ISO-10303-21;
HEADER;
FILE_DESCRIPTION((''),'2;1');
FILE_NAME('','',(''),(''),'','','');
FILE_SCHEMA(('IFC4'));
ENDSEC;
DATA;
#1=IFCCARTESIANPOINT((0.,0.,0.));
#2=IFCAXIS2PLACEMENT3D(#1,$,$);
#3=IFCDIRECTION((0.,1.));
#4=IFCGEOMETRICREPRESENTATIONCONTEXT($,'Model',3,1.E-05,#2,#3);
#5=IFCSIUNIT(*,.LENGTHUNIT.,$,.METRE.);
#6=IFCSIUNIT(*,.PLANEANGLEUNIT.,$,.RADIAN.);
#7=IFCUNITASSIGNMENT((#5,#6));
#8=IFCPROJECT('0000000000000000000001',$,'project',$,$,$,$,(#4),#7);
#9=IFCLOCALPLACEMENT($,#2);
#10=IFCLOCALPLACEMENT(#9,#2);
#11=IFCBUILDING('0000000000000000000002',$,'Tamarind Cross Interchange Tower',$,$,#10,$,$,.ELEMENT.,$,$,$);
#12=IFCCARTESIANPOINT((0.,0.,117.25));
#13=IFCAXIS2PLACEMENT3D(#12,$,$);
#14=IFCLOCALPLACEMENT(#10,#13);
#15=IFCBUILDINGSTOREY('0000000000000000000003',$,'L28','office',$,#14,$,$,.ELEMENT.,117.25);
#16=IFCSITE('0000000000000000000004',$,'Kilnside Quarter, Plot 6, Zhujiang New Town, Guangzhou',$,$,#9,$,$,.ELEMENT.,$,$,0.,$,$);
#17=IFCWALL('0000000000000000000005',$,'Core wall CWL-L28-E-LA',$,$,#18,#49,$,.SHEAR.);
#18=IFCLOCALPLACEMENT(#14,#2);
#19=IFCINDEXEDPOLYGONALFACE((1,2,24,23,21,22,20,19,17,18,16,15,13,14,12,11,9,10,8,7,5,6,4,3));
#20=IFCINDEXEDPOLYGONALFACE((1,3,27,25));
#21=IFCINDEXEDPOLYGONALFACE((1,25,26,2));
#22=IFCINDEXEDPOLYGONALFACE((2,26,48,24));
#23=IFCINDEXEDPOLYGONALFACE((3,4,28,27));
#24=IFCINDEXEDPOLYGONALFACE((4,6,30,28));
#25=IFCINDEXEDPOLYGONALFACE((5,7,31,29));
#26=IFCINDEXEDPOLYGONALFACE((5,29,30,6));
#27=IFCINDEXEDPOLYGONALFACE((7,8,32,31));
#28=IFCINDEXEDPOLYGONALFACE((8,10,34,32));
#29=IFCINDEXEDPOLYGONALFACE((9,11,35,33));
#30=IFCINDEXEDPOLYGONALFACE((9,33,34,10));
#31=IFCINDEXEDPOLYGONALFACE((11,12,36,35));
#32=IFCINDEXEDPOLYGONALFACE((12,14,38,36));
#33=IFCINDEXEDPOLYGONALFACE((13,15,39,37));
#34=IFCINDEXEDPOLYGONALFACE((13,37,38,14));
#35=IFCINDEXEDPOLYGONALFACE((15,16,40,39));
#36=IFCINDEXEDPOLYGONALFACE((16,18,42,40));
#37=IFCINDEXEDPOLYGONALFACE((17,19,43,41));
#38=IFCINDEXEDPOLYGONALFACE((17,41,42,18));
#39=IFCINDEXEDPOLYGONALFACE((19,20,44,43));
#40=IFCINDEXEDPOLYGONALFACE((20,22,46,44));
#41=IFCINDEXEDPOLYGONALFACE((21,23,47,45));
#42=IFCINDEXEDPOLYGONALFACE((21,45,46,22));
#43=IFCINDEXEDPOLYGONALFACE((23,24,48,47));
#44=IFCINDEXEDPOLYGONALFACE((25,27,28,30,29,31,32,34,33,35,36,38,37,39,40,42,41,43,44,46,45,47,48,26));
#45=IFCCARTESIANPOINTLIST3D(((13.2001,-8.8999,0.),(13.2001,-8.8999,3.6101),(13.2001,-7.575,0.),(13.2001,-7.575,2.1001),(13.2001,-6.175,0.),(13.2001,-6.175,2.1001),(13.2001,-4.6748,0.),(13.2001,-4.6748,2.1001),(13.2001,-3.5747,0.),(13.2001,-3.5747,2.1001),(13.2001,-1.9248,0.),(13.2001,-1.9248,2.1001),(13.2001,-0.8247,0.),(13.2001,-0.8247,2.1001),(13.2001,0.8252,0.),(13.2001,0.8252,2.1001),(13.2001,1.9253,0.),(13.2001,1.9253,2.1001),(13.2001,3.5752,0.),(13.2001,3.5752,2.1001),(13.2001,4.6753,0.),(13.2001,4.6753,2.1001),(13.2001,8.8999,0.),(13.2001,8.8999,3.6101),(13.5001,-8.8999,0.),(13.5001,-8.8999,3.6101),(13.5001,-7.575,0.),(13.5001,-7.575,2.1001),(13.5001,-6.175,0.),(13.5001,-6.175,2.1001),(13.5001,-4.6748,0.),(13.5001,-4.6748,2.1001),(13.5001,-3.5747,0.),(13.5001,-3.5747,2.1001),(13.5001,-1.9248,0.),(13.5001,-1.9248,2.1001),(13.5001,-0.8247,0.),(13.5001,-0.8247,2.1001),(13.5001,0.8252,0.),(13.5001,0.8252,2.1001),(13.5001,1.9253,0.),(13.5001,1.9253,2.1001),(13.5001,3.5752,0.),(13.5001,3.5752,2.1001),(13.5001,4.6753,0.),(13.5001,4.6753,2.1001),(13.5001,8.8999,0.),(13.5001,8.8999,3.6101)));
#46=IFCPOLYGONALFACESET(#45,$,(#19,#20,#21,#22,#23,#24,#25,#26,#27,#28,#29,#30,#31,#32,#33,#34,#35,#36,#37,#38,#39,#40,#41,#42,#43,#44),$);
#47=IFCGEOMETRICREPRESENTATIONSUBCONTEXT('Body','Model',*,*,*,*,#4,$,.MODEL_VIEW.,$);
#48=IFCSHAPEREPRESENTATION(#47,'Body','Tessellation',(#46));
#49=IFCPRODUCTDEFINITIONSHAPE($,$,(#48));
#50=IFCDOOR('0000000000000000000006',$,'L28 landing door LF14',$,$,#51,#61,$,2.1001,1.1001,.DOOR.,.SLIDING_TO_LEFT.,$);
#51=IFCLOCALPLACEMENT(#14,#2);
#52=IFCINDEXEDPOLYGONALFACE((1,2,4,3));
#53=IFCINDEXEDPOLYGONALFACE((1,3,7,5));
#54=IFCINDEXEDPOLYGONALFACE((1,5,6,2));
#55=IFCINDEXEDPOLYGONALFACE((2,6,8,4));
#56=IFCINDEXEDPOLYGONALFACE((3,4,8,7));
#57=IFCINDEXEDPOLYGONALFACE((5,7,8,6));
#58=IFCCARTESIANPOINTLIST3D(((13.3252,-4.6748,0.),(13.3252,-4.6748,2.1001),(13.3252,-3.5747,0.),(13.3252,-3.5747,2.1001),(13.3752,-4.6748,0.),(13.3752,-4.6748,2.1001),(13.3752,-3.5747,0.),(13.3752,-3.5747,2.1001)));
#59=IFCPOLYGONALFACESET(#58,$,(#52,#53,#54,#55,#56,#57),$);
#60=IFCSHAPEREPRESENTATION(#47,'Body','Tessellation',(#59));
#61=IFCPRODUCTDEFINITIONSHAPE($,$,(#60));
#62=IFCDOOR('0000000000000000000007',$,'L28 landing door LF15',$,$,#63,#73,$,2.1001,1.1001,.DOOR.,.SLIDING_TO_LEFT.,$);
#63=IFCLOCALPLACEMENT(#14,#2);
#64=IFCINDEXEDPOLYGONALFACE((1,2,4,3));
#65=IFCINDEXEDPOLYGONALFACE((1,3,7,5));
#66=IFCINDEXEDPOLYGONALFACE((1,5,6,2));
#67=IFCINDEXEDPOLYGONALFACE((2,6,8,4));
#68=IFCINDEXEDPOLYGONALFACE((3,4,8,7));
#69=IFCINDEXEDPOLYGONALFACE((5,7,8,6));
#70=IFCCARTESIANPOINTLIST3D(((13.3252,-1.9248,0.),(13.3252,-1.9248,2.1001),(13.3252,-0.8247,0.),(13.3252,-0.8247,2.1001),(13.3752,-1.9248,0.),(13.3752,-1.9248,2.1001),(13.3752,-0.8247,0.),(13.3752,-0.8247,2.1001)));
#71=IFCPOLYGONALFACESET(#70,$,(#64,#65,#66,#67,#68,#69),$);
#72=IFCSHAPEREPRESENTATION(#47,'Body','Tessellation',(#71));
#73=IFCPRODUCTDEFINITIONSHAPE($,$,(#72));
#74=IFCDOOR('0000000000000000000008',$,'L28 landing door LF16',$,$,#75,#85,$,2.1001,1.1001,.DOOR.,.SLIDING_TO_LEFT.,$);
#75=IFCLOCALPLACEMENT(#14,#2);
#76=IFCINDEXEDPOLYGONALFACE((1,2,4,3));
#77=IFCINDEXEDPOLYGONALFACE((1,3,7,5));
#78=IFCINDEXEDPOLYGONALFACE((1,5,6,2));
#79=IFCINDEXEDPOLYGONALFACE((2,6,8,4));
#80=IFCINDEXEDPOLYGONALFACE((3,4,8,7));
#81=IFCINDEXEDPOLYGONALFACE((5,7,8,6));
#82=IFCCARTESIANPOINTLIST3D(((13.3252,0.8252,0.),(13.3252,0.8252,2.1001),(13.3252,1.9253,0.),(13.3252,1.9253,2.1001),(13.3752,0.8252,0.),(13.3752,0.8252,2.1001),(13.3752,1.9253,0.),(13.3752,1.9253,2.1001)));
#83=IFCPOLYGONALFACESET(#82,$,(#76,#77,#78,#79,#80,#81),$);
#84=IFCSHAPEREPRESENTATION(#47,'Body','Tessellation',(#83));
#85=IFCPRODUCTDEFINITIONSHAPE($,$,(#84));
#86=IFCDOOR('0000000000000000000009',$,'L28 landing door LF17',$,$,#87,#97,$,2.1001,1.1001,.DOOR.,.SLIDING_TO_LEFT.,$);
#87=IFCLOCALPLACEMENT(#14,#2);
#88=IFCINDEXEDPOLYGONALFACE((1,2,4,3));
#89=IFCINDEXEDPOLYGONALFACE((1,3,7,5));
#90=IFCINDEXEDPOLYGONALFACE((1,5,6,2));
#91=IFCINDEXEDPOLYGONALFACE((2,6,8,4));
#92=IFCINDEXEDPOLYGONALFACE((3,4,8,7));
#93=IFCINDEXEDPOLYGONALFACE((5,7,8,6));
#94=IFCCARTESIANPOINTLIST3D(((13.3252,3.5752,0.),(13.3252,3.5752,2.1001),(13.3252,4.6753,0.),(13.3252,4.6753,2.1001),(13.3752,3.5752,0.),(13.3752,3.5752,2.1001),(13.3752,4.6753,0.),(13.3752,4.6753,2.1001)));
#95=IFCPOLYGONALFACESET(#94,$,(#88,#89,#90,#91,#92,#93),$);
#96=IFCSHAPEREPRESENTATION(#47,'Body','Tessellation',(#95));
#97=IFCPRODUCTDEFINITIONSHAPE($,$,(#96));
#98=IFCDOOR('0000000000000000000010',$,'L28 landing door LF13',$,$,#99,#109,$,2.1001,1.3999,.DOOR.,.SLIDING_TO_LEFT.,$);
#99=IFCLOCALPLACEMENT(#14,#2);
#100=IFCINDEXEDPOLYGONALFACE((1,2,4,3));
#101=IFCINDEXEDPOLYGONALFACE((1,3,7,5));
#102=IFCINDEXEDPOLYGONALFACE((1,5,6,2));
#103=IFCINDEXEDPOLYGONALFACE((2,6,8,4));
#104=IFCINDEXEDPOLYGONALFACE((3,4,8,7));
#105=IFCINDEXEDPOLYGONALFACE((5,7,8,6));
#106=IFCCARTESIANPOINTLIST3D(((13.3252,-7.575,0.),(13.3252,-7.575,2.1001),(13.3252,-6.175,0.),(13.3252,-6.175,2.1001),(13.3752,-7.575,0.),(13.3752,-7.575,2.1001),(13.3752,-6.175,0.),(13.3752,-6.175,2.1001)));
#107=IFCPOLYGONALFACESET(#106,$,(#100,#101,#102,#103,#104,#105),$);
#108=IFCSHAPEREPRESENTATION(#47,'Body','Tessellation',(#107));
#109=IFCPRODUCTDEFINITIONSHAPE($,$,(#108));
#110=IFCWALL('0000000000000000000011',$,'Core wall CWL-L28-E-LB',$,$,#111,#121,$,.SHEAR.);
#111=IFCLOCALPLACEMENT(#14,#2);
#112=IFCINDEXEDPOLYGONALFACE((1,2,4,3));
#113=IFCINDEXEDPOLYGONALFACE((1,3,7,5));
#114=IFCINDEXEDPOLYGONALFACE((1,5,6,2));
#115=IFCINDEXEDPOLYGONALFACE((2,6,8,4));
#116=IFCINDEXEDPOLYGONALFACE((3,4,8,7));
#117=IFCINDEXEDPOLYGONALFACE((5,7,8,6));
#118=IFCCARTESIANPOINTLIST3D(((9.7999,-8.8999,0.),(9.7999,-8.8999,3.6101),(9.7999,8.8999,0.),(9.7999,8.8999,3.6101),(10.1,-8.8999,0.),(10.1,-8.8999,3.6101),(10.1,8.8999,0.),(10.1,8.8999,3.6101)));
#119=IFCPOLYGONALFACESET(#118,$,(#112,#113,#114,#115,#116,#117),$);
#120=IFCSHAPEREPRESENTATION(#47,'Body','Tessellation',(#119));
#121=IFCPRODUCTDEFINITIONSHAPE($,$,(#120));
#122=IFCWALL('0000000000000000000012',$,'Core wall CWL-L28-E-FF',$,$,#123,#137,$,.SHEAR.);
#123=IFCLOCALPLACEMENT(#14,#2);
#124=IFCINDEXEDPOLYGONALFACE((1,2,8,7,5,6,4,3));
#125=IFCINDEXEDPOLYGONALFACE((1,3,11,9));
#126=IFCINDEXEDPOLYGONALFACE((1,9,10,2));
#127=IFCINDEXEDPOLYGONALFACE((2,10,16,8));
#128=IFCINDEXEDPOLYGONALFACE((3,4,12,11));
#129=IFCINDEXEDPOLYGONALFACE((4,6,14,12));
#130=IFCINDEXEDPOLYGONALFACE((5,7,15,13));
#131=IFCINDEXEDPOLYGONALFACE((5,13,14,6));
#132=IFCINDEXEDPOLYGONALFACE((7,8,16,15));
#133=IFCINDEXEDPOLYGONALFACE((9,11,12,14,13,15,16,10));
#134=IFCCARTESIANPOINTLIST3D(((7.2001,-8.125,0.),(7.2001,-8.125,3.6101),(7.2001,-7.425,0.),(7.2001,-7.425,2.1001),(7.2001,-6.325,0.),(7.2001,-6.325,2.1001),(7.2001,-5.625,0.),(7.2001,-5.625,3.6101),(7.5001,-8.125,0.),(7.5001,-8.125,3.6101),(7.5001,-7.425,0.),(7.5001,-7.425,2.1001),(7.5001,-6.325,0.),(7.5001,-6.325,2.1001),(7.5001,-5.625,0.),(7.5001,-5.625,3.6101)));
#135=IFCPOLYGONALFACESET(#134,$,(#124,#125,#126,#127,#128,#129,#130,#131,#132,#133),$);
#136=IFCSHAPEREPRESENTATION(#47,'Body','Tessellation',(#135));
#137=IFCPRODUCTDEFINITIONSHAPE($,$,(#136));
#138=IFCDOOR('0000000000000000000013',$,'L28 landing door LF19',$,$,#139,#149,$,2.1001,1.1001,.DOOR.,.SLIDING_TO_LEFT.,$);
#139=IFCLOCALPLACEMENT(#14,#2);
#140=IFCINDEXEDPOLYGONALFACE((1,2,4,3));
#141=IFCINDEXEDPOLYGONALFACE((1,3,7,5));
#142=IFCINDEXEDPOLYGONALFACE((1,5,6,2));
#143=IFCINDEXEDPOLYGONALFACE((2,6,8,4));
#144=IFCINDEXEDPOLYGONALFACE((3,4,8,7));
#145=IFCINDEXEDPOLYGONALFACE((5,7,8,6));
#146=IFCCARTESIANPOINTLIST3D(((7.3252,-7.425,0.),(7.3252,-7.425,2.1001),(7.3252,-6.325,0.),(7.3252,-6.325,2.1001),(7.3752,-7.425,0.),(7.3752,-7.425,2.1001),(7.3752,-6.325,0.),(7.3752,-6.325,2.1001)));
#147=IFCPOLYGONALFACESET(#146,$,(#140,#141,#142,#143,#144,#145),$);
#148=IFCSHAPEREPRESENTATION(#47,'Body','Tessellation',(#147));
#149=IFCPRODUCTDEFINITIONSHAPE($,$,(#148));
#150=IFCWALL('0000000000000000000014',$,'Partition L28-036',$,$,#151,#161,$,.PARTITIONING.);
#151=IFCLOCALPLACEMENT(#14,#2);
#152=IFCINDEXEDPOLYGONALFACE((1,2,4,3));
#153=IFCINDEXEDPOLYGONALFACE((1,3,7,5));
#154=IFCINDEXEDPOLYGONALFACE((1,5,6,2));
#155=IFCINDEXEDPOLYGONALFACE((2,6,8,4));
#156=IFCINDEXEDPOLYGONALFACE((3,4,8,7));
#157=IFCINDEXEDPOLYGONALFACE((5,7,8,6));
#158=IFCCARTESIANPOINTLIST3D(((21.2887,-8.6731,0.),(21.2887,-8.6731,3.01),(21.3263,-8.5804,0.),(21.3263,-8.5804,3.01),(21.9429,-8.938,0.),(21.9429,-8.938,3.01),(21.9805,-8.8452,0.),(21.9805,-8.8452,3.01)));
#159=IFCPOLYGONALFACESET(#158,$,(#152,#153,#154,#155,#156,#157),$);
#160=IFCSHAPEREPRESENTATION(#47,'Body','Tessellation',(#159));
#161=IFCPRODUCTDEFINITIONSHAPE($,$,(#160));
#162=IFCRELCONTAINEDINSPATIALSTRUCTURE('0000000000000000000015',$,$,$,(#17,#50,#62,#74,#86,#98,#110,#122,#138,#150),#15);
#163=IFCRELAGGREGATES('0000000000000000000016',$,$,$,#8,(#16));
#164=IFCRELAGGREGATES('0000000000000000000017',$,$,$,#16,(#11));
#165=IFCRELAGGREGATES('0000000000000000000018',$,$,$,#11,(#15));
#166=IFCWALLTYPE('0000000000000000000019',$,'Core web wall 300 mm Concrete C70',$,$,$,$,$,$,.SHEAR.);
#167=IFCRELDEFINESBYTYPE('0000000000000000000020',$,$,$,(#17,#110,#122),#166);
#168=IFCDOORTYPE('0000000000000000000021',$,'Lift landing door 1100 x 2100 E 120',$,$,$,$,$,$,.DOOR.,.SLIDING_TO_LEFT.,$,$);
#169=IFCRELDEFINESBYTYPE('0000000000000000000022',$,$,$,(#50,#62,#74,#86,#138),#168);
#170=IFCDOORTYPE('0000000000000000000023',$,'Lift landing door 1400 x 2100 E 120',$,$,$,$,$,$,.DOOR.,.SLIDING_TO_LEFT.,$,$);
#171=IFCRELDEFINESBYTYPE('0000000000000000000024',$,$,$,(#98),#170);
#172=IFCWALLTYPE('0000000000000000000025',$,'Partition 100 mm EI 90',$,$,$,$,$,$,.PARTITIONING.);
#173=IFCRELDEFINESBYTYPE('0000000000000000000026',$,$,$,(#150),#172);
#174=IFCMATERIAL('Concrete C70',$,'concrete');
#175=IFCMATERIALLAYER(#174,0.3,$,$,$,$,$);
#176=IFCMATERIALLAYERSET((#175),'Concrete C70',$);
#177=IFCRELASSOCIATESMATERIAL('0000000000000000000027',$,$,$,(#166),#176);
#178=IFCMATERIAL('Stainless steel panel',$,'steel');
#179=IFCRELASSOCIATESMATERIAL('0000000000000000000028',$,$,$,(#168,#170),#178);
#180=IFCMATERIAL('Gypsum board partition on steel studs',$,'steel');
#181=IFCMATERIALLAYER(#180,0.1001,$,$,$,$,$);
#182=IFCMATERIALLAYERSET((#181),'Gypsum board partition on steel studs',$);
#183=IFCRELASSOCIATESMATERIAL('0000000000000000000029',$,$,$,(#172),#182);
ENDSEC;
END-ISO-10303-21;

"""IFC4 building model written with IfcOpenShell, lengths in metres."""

from ifc_helpers import new_model, si_unit, direction, frame, frame_2d, origin, place, context, subcontext, project, spatial, rectangle, extrude, material, layer, layer_set, type_object, element, fill, save


model = new_model("IFC4")

# Units and contexts
model_context = context("Model", 3, precision=1e-05, world=origin(), true_north=direction((0.0, 1.0)))
body_context = subcontext(model_context, "Body", "Model", "MODEL_VIEW")
ifc_project = project(units=[si_unit("LENGTHUNIT", "METRE"), si_unit("PLANEANGLEUNIT", "RADIAN")], contexts=[model_context])

# Site, building, storey
site_placement = place(None, origin())
site = spatial("IfcSite", under=ifc_project, at=site_placement, Name="Kilnside Quarter, Plot 6, Zhujiang New Town, Guangzhou", CompositionType="ELEMENT", RefElevation=0.0)
building_placement = place(site_placement, origin())
building = spatial("IfcBuilding", under=site, at=building_placement, Name="Tamarind Cross Interchange Tower", CompositionType="ELEMENT")
storey_placement = place(building_placement, frame((0.0, 0.0, 117.25)))
storey = spatial("IfcBuildingStorey", under=building, at=storey_placement, Name="L28", Description="office", CompositionType="ELEMENT", Elevation=117.25)

# Shared definitions
ifc_material_1 = material(Name="Concrete C70", Category="concrete")

# Shared definitions
ifc_layer_1 = layer(ifc_material_1, 0.3)
ifc_layer_set_1 = layer_set([ifc_layer_1], Name="Concrete C70")
wall_type_1 = type_object("IfcWallType", Name="Core web wall 300 mm Concrete C70", PredefinedType="SHEAR", material=ifc_layer_set_1)

# Wall, openings, doors
wall_1_placement = place(storey_placement, frame((13.3501, -8.8999, 0.0), z_axis=(0.0, 0.0, 1.0), x_axis=(0.0, 1.0, 0.0)))
wall_1 = element("IfcWall", 1, at=wall_1_placement, inside=storey, type_object=wall_type_1, Name="Core wall CWL-L28-E-LA", PredefinedType="SHEAR", context=body_context, shape_type="SweptSolid", body=[
    extrude(rectangle(XDim=17.7998, YDim=0.3, at=frame_2d((8.8999, 0.0))), origin(), (0.0, 0.0, 1.0), 3.6101),
])
opening_1_placement = place(wall_1_placement, frame((1.325, 0.0, 0.0)))
opening_1 = element("IfcOpeningElement", 2, at=opening_1_placement, cuts=wall_1, PredefinedType="OPENING", context=body_context, shape_type="SweptSolid", body=[
    extrude(rectangle(XDim=1.3999, YDim=2.1001, at=frame_2d((0.7, 1.05))), frame((0.0, 0.1599, 0.0), z_axis=(0.0, -1.0, 0.0), x_axis=(1.0, 0.0, 0.0)), (0.0, 0.0, 1.0), 0.3201),
])
opening_2_placement = place(wall_1_placement, frame((4.2251, 0.0, 0.0)))
opening_2 = element("IfcOpeningElement", 3, at=opening_2_placement, cuts=wall_1, PredefinedType="OPENING", context=body_context, shape_type="SweptSolid", body=[
    extrude(rectangle(XDim=1.1001, YDim=2.1001, at=frame_2d((0.55, 1.05))), frame((0.0, 0.1599, 0.0), z_axis=(0.0, -1.0, 0.0), x_axis=(1.0, 0.0, 0.0)), (0.0, 0.0, 1.0), 0.3201),
])
opening_3_placement = place(wall_1_placement, frame((6.9751, 0.0, 0.0)))
opening_3 = element("IfcOpeningElement", 4, at=opening_3_placement, cuts=wall_1, PredefinedType="OPENING", context=body_context, shape_type="SweptSolid", body=[
    extrude(rectangle(XDim=1.1001, YDim=2.1001, at=frame_2d((0.55, 1.05))), frame((0.0, 0.1599, 0.0), z_axis=(0.0, -1.0, 0.0), x_axis=(1.0, 0.0, 0.0)), (0.0, 0.0, 1.0), 0.3201),
])
opening_4_placement = place(wall_1_placement, frame((9.7251, 0.0, 0.0)))
opening_4 = element("IfcOpeningElement", 5, at=opening_4_placement, cuts=wall_1, PredefinedType="OPENING", context=body_context, shape_type="SweptSolid", body=[
    extrude(rectangle(XDim=1.1001, YDim=2.1001, at=frame_2d((0.55, 1.05))), frame((0.0, 0.1599, 0.0), z_axis=(0.0, -1.0, 0.0), x_axis=(1.0, 0.0, 0.0)), (0.0, 0.0, 1.0), 0.3201),
])
opening_5_placement = place(wall_1_placement, frame((12.4751, 0.0, 0.0)))
opening_5 = element("IfcOpeningElement", 6, at=opening_5_placement, cuts=wall_1, PredefinedType="OPENING", context=body_context, shape_type="SweptSolid", body=[
    extrude(rectangle(XDim=1.1001, YDim=2.1001, at=frame_2d((0.55, 1.05))), frame((0.0, 0.1599, 0.0), z_axis=(0.0, -1.0, 0.0), x_axis=(1.0, 0.0, 0.0)), (0.0, 0.0, 1.0), 0.3201),
])
ifc_material_2 = material(Name="Stainless steel panel", Category="steel")
door_type_1 = type_object("IfcDoorType", Name="Lift landing door 1100 x 2100 E 120", OperationType="SLIDING_TO_LEFT", PredefinedType="DOOR", material=ifc_material_2)
door_1_placement = place(opening_2_placement, origin())
door_1 = element("IfcDoor", 7, at=door_1_placement, inside=storey, type_object=door_type_1, Name="L28 landing door LF14", OperationType="SLIDING_TO_LEFT", OverallHeight=2.1001, OverallWidth=1.1001, PredefinedType="DOOR", context=body_context, shape_type="SweptSolid", body=[
    extrude(rectangle(XDim=1.1001, YDim=2.1001, at=frame_2d((0.55, 1.05))), frame((0.0, 0.0249, 0.0), z_axis=(0.0, -1.0, 0.0), x_axis=(1.0, 0.0, 0.0)), (0.0, 0.0, 1.0), 0.05),
])
fill(opening_2, door_1)
door_2_placement = place(opening_3_placement, origin())
door_2 = element("IfcDoor", 8, at=door_2_placement, inside=storey, type_object=door_type_1, Name="L28 landing door LF15", OperationType="SLIDING_TO_LEFT", OverallHeight=2.1001, OverallWidth=1.1001, PredefinedType="DOOR", context=body_context, shape_type="SweptSolid", body=[
    extrude(rectangle(XDim=1.1001, YDim=2.1001, at=frame_2d((0.55, 1.05))), frame((0.0, 0.0249, 0.0), z_axis=(0.0, -1.0, 0.0), x_axis=(1.0, 0.0, 0.0)), (0.0, 0.0, 1.0), 0.05),
])
fill(opening_3, door_2)
door_3_placement = place(opening_4_placement, origin())
door_3 = element("IfcDoor", 9, at=door_3_placement, inside=storey, type_object=door_type_1, Name="L28 landing door LF16", OperationType="SLIDING_TO_LEFT", OverallHeight=2.1001, OverallWidth=1.1001, PredefinedType="DOOR", context=body_context, shape_type="SweptSolid", body=[
    extrude(rectangle(XDim=1.1001, YDim=2.1001, at=frame_2d((0.55, 1.05))), frame((0.0, 0.0249, 0.0), z_axis=(0.0, -1.0, 0.0), x_axis=(1.0, 0.0, 0.0)), (0.0, 0.0, 1.0), 0.05),
])
fill(opening_4, door_3)
door_4_placement = place(opening_5_placement, origin())
door_4 = element("IfcDoor", 10, at=door_4_placement, inside=storey, type_object=door_type_1, Name="L28 landing door LF17", OperationType="SLIDING_TO_LEFT", OverallHeight=2.1001, OverallWidth=1.1001, PredefinedType="DOOR", context=body_context, shape_type="SweptSolid", body=[
    extrude(rectangle(XDim=1.1001, YDim=2.1001, at=frame_2d((0.55, 1.05))), frame((0.0, 0.0249, 0.0), z_axis=(0.0, -1.0, 0.0), x_axis=(1.0, 0.0, 0.0)), (0.0, 0.0, 1.0), 0.05),
])
fill(opening_5, door_4)
door_type_2 = type_object("IfcDoorType", Name="Lift landing door 1400 x 2100 E 120", OperationType="SLIDING_TO_LEFT", PredefinedType="DOOR", material=ifc_material_2)
door_5_placement = place(opening_1_placement, origin())
door_5 = element("IfcDoor", 11, at=door_5_placement, inside=storey, type_object=door_type_2, Name="L28 landing door LF13", OperationType="SLIDING_TO_LEFT", OverallHeight=2.1001, OverallWidth=1.3999, PredefinedType="DOOR", context=body_context, shape_type="SweptSolid", body=[
    extrude(rectangle(XDim=1.3999, YDim=2.1001, at=frame_2d((0.7, 1.05))), frame((0.0, 0.0249, 0.0), z_axis=(0.0, -1.0, 0.0), x_axis=(1.0, 0.0, 0.0)), (0.0, 0.0, 1.0), 0.05),
])
fill(opening_1, door_5)

# Wall
wall_2_placement = place(storey_placement, frame((9.95, -8.8999, 0.0), z_axis=(0.0, 0.0, 1.0), x_axis=(0.0, 1.0, 0.0)))
element("IfcWall", 12, at=wall_2_placement, inside=storey, type_object=wall_type_1, Name="Core wall CWL-L28-E-LB", PredefinedType="SHEAR", context=body_context, shape_type="SweptSolid", body=[
    extrude(rectangle(XDim=17.7998, YDim=0.3, at=frame_2d((8.8999, 0.0))), origin(), (0.0, 0.0, 1.0), 3.6101),
])

# Wall, opening, door
wall_3_placement = place(storey_placement, frame((7.3501, -8.125, 0.0), z_axis=(0.0, 0.0, 1.0), x_axis=(0.0, 1.0, 0.0)))
wall_3 = element("IfcWall", 13, at=wall_3_placement, inside=storey, type_object=wall_type_1, Name="Core wall CWL-L28-E-FF", PredefinedType="SHEAR", context=body_context, shape_type="SweptSolid", body=[
    extrude(rectangle(XDim=2.5, YDim=0.3, at=frame_2d((1.25, 0.0))), origin(), (0.0, 0.0, 1.0), 3.6101),
])
opening_6_placement = place(wall_3_placement, frame((0.7, 0.0, 0.0)))
opening_6 = element("IfcOpeningElement", 14, at=opening_6_placement, cuts=wall_3, PredefinedType="OPENING", context=body_context, shape_type="SweptSolid", body=[
    extrude(rectangle(XDim=1.1001, YDim=2.1001, at=frame_2d((0.55, 1.05))), frame((0.0, 0.1599, 0.0), z_axis=(0.0, -1.0, 0.0), x_axis=(1.0, 0.0, 0.0)), (0.0, 0.0, 1.0), 0.3201),
])
door_6_placement = place(opening_6_placement, origin())
door_6 = element("IfcDoor", 15, at=door_6_placement, inside=storey, type_object=door_type_1, Name="L28 landing door LF19", OperationType="SLIDING_TO_LEFT", OverallHeight=2.1001, OverallWidth=1.1001, PredefinedType="DOOR", context=body_context, shape_type="SweptSolid", body=[
    extrude(rectangle(XDim=1.1001, YDim=2.1001, at=frame_2d((0.55, 1.05))), frame((0.0, 0.0249, 0.0), z_axis=(0.0, -1.0, 0.0), x_axis=(1.0, 0.0, 0.0)), (0.0, 0.0, 1.0), 0.05),
])
fill(opening_6, door_6)

# Wall
ifc_material_3 = material(Name="Gypsum board partition on steel studs", Category="steel")
ifc_layer_2 = layer(ifc_material_3, 0.1001)
ifc_layer_set_2 = layer_set([ifc_layer_2], Name="Gypsum board partition on steel studs")
wall_type_2 = type_object("IfcWallType", Name="Partition 100 mm EI 90", PredefinedType="PARTITIONING", material=ifc_layer_set_2)
wall_4_placement = place(storey_placement, frame((21.3074, -8.6267, 0.0), z_axis=(0.0, 0.0, 1.0), x_axis=(0.926918, -0.375264, 0.0)))
element("IfcWall", 16, at=wall_4_placement, inside=storey, type_object=wall_type_2, Name="Partition L28-036", PredefinedType="PARTITIONING", context=body_context, shape_type="SweptSolid", body=[
    extrude(rectangle(XDim=0.7058, YDim=0.1001, at=frame_2d((0.353, 0.0))), origin(), (0.0, 0.0, 1.0), 3.01),
])

save(model, "model.ifc")
